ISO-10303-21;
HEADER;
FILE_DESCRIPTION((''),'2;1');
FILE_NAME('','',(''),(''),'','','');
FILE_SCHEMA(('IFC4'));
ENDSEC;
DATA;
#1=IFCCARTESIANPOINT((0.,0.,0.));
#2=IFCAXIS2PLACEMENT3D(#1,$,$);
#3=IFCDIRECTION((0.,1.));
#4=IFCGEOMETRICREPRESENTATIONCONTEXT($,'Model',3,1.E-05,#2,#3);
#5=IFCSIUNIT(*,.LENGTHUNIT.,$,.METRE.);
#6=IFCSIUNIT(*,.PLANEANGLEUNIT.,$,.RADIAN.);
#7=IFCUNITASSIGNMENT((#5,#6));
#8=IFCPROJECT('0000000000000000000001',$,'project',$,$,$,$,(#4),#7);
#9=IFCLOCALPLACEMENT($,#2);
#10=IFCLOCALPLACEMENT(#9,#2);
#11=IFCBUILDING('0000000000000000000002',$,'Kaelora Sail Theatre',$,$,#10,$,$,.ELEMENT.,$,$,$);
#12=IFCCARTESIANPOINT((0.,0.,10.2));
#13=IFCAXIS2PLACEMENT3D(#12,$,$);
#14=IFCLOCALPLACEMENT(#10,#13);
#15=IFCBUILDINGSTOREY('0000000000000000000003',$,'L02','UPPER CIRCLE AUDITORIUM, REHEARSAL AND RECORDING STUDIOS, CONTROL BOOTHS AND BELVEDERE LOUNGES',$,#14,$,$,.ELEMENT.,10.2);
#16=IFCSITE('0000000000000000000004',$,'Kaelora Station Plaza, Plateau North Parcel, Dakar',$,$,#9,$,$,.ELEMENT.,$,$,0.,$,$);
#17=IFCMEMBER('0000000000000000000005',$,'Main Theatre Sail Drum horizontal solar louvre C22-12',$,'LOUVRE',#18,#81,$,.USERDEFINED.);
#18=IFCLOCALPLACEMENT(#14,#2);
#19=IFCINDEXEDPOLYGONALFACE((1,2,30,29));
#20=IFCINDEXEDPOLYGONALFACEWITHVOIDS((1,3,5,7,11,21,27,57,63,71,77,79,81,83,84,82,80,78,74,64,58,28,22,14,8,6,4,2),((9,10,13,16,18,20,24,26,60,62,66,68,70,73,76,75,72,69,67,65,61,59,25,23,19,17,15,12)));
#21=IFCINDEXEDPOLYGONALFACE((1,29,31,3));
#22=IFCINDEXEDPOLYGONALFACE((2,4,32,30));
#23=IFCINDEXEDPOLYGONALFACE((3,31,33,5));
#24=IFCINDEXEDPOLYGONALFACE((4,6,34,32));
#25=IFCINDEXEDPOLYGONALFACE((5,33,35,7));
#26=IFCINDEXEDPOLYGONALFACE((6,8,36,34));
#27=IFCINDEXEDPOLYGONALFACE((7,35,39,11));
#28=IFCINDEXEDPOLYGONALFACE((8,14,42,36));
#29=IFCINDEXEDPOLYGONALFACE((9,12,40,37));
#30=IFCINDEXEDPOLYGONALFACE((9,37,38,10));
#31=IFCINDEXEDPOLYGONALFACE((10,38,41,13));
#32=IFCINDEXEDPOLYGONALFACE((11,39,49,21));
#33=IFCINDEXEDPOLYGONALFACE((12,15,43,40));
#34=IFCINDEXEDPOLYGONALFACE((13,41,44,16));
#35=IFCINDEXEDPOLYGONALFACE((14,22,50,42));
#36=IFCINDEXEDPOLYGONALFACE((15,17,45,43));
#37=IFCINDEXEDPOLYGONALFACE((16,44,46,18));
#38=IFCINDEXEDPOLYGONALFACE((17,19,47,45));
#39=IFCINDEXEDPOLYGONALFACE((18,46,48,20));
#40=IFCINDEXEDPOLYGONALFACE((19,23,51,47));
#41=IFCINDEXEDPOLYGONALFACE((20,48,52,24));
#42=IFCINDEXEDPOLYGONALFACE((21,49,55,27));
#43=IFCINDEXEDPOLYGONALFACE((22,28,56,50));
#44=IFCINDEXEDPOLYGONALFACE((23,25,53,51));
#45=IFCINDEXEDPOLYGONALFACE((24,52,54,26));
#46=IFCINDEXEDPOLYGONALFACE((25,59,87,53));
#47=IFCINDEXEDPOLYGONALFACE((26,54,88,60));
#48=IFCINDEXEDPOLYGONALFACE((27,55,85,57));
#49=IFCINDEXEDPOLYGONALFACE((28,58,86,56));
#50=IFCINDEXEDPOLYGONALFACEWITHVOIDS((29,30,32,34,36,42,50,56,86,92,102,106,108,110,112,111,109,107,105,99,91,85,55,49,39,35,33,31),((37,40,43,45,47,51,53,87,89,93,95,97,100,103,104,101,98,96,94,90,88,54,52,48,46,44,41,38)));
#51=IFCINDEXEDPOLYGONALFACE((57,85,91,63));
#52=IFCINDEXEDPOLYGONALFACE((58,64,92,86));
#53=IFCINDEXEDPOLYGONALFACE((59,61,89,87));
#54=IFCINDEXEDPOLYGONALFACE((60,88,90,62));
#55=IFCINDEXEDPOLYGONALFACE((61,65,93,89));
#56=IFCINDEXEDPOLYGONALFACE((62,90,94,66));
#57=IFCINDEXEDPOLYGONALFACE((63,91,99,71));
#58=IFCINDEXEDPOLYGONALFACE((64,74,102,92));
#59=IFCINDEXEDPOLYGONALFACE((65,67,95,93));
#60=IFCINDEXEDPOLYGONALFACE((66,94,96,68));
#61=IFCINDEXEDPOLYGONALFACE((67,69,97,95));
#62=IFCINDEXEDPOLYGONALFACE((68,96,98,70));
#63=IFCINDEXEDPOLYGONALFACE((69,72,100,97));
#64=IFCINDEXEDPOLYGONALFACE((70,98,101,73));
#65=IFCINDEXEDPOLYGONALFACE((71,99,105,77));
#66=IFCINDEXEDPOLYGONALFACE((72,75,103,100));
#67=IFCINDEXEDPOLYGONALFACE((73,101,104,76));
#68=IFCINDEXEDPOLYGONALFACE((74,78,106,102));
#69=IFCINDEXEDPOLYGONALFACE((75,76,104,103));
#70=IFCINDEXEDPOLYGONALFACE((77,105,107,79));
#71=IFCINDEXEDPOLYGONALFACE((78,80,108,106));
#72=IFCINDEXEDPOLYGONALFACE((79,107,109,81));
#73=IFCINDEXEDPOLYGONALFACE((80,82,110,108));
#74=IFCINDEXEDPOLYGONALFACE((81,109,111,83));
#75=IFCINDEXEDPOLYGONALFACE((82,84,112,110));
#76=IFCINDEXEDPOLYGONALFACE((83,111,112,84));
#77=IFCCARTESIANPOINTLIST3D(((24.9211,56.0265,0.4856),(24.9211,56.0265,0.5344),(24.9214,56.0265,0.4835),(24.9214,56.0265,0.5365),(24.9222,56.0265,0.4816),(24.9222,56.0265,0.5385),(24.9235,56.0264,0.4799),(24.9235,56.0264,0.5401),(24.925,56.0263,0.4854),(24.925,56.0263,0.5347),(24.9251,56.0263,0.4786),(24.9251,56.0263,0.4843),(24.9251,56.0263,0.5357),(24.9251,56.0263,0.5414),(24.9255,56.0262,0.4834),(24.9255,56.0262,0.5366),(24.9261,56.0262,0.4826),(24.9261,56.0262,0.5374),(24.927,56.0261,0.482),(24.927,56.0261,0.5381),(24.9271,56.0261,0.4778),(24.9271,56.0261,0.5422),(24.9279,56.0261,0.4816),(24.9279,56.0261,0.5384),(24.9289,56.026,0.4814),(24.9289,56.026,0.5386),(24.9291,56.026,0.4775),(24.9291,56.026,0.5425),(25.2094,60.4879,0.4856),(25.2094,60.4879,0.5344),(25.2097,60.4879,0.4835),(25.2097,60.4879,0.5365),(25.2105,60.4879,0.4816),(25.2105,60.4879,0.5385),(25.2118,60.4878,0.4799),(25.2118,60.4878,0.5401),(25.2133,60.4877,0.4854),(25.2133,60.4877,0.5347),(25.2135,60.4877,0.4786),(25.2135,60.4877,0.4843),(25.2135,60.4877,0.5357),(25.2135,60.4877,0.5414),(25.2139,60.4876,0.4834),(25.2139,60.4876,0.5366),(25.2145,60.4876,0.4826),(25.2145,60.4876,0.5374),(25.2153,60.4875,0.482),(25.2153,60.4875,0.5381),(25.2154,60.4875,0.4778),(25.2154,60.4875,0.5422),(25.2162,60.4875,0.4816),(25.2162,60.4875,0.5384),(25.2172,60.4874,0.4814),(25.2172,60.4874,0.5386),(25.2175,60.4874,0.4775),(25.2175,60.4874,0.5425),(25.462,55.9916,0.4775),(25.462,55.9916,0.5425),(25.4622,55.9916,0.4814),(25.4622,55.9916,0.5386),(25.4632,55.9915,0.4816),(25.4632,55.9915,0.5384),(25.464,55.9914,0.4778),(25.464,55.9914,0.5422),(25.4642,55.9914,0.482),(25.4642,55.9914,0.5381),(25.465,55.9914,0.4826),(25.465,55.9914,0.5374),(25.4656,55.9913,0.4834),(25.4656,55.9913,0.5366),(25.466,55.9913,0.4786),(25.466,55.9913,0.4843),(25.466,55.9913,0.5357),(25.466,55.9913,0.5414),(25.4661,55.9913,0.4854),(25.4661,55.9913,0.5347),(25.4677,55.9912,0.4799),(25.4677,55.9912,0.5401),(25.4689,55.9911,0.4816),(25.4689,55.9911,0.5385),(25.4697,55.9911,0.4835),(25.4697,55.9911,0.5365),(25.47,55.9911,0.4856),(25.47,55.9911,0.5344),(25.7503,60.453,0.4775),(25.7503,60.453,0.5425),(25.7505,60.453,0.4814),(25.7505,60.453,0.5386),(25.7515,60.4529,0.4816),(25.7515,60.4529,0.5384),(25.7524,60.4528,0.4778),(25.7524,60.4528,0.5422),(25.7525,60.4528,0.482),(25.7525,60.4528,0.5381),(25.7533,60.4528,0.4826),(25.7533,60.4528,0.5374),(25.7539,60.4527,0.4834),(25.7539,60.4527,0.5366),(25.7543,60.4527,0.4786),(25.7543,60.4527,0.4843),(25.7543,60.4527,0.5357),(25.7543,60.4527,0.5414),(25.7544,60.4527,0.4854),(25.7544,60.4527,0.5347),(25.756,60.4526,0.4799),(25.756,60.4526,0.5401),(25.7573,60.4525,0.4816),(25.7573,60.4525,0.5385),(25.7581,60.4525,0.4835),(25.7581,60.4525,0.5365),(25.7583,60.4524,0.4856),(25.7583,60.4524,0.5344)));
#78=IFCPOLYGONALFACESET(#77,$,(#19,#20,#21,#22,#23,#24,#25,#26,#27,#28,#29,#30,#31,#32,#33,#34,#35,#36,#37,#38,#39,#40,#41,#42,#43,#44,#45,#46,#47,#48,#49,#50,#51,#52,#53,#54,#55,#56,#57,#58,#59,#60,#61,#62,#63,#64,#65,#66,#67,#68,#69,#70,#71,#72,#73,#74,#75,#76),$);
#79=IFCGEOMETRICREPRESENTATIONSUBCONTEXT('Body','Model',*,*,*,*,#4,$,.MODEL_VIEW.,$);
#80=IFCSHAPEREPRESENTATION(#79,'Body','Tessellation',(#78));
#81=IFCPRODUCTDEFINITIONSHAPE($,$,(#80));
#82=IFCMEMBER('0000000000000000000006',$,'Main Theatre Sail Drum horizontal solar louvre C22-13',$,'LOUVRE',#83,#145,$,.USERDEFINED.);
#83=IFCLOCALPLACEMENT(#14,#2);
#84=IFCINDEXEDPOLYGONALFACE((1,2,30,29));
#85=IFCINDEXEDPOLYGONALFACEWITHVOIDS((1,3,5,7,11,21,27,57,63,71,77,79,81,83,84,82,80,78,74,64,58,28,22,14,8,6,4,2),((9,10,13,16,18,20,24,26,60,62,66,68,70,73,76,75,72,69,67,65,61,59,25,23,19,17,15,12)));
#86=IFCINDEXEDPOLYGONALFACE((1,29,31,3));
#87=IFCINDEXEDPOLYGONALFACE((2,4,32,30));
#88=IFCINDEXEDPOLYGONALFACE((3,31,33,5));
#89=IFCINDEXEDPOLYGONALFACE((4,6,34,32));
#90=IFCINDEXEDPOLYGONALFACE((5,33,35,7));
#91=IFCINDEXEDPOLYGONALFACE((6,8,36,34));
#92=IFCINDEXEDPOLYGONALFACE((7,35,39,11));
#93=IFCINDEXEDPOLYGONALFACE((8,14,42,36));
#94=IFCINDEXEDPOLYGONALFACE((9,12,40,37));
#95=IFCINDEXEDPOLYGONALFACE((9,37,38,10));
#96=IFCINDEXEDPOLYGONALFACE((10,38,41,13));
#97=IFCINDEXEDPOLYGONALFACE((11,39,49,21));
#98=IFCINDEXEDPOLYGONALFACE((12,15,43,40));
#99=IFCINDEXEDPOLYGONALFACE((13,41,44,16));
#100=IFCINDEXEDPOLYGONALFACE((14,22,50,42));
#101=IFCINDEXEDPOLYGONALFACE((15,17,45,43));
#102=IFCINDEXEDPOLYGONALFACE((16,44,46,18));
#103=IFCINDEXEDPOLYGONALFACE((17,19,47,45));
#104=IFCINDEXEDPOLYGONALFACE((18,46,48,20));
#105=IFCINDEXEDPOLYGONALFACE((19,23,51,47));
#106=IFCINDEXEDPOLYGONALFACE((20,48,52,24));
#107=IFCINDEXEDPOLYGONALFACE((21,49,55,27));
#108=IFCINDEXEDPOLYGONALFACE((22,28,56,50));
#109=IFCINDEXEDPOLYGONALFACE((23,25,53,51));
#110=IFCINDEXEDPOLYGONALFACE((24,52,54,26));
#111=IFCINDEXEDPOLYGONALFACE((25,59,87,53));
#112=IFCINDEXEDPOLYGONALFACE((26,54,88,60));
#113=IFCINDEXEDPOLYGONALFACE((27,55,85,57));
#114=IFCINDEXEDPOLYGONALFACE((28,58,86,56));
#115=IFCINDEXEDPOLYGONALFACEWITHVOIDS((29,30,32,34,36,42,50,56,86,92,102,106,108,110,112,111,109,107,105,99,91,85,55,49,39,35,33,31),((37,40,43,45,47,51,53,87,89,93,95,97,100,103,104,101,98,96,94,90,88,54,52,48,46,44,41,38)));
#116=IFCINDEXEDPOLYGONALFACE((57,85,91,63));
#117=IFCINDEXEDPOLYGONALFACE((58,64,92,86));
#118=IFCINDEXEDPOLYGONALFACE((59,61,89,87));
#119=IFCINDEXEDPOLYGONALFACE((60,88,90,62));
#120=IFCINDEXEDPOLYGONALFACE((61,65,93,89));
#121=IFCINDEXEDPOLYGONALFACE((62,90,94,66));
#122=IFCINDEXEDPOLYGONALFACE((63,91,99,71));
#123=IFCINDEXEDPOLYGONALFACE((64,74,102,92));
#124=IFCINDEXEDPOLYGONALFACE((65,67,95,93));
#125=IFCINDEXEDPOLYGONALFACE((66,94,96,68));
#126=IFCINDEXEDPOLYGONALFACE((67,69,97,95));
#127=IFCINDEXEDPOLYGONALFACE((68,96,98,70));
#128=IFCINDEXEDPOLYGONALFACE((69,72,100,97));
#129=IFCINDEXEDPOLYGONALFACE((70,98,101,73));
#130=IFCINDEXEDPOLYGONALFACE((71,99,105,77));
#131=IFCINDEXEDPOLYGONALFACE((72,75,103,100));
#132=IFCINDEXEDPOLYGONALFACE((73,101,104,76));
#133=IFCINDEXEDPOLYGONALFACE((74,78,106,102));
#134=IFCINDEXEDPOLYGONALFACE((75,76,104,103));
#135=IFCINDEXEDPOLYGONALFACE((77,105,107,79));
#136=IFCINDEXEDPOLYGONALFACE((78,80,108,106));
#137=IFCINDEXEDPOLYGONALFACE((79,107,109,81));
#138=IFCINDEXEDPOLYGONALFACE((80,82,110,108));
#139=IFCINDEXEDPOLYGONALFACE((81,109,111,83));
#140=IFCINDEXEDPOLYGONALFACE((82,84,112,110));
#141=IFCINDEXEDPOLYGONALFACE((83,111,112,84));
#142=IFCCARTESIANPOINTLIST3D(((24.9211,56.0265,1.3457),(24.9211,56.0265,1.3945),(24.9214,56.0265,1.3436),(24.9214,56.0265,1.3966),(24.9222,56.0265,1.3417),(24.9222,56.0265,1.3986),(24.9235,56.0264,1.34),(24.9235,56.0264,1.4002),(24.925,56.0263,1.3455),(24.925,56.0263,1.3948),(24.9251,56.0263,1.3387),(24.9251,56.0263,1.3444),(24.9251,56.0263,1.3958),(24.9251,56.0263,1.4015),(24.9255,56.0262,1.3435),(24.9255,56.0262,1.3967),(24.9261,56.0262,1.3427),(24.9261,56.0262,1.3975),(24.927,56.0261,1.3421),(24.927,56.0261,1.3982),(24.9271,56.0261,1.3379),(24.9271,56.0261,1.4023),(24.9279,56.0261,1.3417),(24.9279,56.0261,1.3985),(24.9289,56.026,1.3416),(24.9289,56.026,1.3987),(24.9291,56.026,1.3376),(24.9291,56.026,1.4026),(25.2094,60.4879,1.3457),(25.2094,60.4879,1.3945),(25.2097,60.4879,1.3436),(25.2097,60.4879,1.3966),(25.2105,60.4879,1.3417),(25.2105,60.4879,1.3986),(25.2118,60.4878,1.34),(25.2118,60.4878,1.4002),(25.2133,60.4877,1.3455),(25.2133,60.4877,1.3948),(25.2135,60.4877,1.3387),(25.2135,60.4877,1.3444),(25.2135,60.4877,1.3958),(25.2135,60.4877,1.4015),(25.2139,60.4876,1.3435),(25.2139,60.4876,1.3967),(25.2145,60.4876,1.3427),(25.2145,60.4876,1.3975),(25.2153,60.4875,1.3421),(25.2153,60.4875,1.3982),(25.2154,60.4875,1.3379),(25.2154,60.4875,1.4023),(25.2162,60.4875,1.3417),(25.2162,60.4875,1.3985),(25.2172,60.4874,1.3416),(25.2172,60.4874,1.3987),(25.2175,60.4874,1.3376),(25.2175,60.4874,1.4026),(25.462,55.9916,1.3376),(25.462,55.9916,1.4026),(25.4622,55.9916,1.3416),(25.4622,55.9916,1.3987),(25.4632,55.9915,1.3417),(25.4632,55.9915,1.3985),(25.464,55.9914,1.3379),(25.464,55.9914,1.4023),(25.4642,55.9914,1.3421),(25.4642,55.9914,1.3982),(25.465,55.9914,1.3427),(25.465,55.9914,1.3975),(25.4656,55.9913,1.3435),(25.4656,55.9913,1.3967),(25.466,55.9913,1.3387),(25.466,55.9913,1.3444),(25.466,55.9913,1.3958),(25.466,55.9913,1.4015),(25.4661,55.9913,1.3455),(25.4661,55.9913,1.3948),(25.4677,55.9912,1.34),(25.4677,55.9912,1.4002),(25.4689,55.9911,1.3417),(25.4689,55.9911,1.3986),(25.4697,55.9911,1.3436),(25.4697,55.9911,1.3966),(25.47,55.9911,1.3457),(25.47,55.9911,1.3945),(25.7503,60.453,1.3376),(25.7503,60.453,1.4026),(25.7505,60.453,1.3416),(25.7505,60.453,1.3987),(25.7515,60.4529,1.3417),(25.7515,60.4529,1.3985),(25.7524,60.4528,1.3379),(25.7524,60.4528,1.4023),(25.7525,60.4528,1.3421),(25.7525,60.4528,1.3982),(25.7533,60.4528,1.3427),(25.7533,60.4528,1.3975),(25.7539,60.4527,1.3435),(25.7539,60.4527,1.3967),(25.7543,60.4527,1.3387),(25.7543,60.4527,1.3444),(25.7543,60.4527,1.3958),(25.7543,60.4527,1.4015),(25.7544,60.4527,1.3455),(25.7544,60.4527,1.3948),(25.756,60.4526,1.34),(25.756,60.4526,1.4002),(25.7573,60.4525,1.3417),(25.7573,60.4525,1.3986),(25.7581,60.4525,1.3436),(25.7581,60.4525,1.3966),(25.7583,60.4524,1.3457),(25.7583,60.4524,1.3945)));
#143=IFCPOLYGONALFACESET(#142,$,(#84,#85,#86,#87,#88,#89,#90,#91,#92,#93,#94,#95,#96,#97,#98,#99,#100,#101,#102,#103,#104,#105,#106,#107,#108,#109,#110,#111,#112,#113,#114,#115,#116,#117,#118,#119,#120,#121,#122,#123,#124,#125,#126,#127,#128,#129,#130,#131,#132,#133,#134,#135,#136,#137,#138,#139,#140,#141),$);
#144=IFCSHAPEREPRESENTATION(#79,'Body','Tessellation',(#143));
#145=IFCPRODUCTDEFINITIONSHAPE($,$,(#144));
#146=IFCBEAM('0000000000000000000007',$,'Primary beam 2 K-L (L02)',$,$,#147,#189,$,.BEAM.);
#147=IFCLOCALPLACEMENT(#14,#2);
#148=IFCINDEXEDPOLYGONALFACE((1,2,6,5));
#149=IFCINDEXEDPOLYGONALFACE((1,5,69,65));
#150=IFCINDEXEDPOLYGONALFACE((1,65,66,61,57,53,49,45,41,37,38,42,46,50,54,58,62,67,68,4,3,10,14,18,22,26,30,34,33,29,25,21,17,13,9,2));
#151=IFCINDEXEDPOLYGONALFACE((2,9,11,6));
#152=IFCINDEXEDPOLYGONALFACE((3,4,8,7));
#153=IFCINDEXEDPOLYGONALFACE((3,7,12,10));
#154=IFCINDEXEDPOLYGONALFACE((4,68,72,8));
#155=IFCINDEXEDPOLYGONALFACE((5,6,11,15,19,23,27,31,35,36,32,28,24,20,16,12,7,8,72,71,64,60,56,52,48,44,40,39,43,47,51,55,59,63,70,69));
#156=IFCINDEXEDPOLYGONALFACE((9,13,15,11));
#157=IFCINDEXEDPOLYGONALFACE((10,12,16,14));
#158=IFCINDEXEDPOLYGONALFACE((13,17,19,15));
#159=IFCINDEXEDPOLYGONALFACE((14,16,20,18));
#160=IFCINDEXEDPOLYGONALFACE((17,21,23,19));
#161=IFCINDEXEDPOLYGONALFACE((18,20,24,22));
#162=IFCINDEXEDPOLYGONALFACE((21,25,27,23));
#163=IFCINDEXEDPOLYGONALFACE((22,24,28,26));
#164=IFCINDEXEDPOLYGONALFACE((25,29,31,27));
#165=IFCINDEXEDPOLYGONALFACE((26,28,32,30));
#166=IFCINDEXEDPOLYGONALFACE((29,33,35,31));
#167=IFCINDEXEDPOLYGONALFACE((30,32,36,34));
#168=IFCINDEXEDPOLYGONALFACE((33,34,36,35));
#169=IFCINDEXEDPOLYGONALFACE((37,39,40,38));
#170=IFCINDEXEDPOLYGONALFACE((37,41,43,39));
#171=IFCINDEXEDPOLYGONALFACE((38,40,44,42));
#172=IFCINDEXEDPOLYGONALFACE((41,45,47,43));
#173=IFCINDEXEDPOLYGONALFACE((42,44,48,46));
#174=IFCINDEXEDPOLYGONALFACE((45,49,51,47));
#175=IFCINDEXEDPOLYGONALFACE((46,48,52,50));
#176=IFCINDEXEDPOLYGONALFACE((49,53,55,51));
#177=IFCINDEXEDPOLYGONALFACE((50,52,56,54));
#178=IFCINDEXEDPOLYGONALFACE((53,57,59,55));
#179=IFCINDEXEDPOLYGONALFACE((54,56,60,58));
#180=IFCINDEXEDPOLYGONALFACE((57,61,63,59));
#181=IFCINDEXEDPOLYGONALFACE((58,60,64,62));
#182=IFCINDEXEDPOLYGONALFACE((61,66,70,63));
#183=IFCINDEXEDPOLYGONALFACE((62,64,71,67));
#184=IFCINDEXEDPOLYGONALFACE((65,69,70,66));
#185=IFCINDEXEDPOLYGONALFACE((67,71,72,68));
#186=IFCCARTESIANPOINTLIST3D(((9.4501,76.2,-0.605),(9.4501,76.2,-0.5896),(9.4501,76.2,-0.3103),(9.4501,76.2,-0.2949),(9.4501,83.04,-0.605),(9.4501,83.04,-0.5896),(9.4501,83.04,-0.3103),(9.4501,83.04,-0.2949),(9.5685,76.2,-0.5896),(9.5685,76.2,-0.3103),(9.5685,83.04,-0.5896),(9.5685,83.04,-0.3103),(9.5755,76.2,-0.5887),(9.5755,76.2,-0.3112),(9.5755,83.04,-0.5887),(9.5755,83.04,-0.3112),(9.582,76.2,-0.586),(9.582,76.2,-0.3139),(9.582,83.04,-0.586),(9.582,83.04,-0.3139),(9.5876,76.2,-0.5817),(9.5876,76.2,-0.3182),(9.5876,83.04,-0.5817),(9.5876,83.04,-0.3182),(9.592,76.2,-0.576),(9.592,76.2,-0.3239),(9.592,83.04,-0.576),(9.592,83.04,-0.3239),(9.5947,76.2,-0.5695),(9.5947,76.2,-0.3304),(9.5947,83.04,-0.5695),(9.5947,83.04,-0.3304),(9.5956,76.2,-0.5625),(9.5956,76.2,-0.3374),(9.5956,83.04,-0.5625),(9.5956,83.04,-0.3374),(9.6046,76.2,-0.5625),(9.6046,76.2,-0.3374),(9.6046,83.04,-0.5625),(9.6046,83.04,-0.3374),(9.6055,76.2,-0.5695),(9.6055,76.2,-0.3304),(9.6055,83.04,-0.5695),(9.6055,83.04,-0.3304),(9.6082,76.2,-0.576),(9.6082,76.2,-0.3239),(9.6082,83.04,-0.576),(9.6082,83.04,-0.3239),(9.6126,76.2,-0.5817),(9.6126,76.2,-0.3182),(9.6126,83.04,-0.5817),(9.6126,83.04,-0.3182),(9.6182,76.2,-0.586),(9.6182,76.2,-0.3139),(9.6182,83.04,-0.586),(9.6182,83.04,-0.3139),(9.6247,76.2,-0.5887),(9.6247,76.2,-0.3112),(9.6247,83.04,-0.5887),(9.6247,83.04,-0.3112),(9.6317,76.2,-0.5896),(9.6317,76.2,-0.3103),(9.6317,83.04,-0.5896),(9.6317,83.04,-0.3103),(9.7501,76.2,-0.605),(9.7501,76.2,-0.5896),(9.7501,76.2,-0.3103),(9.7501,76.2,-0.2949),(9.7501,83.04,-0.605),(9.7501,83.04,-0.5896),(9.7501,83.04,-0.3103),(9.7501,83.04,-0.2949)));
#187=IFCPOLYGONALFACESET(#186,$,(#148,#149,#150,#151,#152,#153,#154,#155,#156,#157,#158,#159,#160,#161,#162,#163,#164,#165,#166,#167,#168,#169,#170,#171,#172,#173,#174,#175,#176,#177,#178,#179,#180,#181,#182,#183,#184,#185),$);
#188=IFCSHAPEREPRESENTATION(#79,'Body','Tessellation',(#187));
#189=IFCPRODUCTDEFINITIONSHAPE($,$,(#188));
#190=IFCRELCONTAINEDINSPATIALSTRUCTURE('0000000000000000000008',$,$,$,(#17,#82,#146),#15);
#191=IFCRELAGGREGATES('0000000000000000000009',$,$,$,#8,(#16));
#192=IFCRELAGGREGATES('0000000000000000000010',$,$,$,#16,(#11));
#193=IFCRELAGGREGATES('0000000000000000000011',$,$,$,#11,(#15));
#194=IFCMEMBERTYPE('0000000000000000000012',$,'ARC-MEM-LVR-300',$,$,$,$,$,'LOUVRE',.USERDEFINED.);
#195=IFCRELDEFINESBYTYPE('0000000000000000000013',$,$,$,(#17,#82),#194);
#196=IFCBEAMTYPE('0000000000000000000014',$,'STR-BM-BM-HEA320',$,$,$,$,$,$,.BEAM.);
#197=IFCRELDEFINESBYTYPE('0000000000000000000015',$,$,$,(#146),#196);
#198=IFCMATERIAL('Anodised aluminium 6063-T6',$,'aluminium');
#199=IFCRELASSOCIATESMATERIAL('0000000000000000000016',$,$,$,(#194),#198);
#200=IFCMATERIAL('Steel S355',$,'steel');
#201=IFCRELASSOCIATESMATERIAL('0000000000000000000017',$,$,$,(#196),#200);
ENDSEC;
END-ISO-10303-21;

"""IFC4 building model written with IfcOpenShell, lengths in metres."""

from ifc_helpers import new_model, si_unit, direction, frame, origin, origin_2d, place, context, subcontext, project, spatial, hollow_rectangle, i_section, extrude, material, material_profile, profile_set, type_object, element, save


model = new_model("IFC4")

# Units and contexts
model_context = context("Model", 3, precision=1e-05, world=origin(), true_north=direction((0.0, 1.0)))
body_context = subcontext(model_context, "Body", "Model", "MODEL_VIEW")
ifc_project = project(units=[si_unit("LENGTHUNIT", "METRE"), si_unit("PLANEANGLEUNIT", "RADIAN")], contexts=[model_context])

# Site, building, storey
site_placement = place(None, origin())
site = spatial("IfcSite", under=ifc_project, at=site_placement, Name="Kaelora Station Plaza, Plateau North Parcel, Dakar", CompositionType="ELEMENT", RefElevation=0.0)
building_placement = place(site_placement, origin())
building = spatial("IfcBuilding", under=site, at=building_placement, Name="Kaelora Sail Theatre", CompositionType="ELEMENT")
storey_placement = place(building_placement, frame((0.0, 0.0, 10.2)))
storey = spatial("IfcBuildingStorey", under=building, at=storey_placement, Name="L02", Description="UPPER CIRCLE AUDITORIUM, REHEARSAL AND RECORDING STUDIOS, CONTROL BOOTHS AND BELVEDERE LOUNGES", CompositionType="ELEMENT", Elevation=10.2)

# Members
ifc_material_1 = material(Name="Anodised aluminium 6063-T6", Category="aluminium")
ifc_material_profile_1 = material_profile(ifc_material_1, hollow_rectangle(XDim=0.55, YDim=0.0649, WallThickness=0.0039, InnerFilletRadius=0.0039, OuterFilletRadius=0.0081, at=origin_2d()), Name="LOUVRE 550x65x4")
ifc_profile_set_1 = profile_set([ifc_material_profile_1], Name="Anodised aluminium 6063-T6")
member_type = type_object("IfcMemberType", Name="ARC-MEM-LVR-300", ElementType="LOUVRE", PredefinedType="USERDEFINED", material=ifc_profile_set_1)
for number, where, z_axis, x_axis, name in (
    (1, (25.1956, 56.0088, 0.51), (0.064493, 0.997918, 0.0), (-0.997918, 0.064493, 0.0), "Main Theatre Sail Drum horizontal solar louvre C22-12"),
    (2, (25.1956, 56.0088, 1.3701), (0.064493, 0.997918, 0.0), (-0.997918, 0.064493, 0.0), "Main Theatre Sail Drum horizontal solar louvre C22-13"),
):
    element("IfcMember", number, at=place(storey_placement, frame(where, z_axis=z_axis, x_axis=x_axis)), inside=storey, type_object=member_type, Name=name, ObjectType="LOUVRE", PredefinedType="USERDEFINED", context=body_context, shape_type="SweptSolid", body=[
        extrude(hollow_rectangle(XDim=0.55, YDim=0.0649, WallThickness=0.0039, InnerFilletRadius=0.0039, OuterFilletRadius=0.0081, at=origin_2d()), origin(), (0.0, 0.0, 1.0), 4.4707),
    ])

# Beam
ifc_material_2 = material(Name="Steel S355", Category="steel")
ifc_material_profile_2 = material_profile(ifc_material_2, i_section(OverallWidth=0.3, OverallDepth=0.3101, WebThickness=0.009, FlangeThickness=0.0154, FilletRadius=0.0271, at=origin_2d()), Name="HEA 320")
ifc_profile_set_2 = profile_set([ifc_material_profile_2], Name="Steel S355")
beam_type_1 = type_object("IfcBeamType", Name="STR-BM-BM-HEA320", PredefinedType="BEAM", material=ifc_profile_set_2)
beam_1_placement = place(storey_placement, frame((9.6001, 76.2, -0.45), z_axis=(0.0, 1.0, 0.0), x_axis=(-1.0, 0.0, 0.0)))
element("IfcBeam", 3, at=beam_1_placement, inside=storey, type_object=beam_type_1, Name="Primary beam 2 K-L (L02)", PredefinedType="BEAM", context=body_context, shape_type="SweptSolid", body=[
    extrude(i_section(OverallWidth=0.3, OverallDepth=0.3101, WebThickness=0.009, FlangeThickness=0.0154, FilletRadius=0.0271, at=origin_2d()), origin(), (0.0, 0.0, 1.0), 6.8401),
])

save(model, "model.ifc")
